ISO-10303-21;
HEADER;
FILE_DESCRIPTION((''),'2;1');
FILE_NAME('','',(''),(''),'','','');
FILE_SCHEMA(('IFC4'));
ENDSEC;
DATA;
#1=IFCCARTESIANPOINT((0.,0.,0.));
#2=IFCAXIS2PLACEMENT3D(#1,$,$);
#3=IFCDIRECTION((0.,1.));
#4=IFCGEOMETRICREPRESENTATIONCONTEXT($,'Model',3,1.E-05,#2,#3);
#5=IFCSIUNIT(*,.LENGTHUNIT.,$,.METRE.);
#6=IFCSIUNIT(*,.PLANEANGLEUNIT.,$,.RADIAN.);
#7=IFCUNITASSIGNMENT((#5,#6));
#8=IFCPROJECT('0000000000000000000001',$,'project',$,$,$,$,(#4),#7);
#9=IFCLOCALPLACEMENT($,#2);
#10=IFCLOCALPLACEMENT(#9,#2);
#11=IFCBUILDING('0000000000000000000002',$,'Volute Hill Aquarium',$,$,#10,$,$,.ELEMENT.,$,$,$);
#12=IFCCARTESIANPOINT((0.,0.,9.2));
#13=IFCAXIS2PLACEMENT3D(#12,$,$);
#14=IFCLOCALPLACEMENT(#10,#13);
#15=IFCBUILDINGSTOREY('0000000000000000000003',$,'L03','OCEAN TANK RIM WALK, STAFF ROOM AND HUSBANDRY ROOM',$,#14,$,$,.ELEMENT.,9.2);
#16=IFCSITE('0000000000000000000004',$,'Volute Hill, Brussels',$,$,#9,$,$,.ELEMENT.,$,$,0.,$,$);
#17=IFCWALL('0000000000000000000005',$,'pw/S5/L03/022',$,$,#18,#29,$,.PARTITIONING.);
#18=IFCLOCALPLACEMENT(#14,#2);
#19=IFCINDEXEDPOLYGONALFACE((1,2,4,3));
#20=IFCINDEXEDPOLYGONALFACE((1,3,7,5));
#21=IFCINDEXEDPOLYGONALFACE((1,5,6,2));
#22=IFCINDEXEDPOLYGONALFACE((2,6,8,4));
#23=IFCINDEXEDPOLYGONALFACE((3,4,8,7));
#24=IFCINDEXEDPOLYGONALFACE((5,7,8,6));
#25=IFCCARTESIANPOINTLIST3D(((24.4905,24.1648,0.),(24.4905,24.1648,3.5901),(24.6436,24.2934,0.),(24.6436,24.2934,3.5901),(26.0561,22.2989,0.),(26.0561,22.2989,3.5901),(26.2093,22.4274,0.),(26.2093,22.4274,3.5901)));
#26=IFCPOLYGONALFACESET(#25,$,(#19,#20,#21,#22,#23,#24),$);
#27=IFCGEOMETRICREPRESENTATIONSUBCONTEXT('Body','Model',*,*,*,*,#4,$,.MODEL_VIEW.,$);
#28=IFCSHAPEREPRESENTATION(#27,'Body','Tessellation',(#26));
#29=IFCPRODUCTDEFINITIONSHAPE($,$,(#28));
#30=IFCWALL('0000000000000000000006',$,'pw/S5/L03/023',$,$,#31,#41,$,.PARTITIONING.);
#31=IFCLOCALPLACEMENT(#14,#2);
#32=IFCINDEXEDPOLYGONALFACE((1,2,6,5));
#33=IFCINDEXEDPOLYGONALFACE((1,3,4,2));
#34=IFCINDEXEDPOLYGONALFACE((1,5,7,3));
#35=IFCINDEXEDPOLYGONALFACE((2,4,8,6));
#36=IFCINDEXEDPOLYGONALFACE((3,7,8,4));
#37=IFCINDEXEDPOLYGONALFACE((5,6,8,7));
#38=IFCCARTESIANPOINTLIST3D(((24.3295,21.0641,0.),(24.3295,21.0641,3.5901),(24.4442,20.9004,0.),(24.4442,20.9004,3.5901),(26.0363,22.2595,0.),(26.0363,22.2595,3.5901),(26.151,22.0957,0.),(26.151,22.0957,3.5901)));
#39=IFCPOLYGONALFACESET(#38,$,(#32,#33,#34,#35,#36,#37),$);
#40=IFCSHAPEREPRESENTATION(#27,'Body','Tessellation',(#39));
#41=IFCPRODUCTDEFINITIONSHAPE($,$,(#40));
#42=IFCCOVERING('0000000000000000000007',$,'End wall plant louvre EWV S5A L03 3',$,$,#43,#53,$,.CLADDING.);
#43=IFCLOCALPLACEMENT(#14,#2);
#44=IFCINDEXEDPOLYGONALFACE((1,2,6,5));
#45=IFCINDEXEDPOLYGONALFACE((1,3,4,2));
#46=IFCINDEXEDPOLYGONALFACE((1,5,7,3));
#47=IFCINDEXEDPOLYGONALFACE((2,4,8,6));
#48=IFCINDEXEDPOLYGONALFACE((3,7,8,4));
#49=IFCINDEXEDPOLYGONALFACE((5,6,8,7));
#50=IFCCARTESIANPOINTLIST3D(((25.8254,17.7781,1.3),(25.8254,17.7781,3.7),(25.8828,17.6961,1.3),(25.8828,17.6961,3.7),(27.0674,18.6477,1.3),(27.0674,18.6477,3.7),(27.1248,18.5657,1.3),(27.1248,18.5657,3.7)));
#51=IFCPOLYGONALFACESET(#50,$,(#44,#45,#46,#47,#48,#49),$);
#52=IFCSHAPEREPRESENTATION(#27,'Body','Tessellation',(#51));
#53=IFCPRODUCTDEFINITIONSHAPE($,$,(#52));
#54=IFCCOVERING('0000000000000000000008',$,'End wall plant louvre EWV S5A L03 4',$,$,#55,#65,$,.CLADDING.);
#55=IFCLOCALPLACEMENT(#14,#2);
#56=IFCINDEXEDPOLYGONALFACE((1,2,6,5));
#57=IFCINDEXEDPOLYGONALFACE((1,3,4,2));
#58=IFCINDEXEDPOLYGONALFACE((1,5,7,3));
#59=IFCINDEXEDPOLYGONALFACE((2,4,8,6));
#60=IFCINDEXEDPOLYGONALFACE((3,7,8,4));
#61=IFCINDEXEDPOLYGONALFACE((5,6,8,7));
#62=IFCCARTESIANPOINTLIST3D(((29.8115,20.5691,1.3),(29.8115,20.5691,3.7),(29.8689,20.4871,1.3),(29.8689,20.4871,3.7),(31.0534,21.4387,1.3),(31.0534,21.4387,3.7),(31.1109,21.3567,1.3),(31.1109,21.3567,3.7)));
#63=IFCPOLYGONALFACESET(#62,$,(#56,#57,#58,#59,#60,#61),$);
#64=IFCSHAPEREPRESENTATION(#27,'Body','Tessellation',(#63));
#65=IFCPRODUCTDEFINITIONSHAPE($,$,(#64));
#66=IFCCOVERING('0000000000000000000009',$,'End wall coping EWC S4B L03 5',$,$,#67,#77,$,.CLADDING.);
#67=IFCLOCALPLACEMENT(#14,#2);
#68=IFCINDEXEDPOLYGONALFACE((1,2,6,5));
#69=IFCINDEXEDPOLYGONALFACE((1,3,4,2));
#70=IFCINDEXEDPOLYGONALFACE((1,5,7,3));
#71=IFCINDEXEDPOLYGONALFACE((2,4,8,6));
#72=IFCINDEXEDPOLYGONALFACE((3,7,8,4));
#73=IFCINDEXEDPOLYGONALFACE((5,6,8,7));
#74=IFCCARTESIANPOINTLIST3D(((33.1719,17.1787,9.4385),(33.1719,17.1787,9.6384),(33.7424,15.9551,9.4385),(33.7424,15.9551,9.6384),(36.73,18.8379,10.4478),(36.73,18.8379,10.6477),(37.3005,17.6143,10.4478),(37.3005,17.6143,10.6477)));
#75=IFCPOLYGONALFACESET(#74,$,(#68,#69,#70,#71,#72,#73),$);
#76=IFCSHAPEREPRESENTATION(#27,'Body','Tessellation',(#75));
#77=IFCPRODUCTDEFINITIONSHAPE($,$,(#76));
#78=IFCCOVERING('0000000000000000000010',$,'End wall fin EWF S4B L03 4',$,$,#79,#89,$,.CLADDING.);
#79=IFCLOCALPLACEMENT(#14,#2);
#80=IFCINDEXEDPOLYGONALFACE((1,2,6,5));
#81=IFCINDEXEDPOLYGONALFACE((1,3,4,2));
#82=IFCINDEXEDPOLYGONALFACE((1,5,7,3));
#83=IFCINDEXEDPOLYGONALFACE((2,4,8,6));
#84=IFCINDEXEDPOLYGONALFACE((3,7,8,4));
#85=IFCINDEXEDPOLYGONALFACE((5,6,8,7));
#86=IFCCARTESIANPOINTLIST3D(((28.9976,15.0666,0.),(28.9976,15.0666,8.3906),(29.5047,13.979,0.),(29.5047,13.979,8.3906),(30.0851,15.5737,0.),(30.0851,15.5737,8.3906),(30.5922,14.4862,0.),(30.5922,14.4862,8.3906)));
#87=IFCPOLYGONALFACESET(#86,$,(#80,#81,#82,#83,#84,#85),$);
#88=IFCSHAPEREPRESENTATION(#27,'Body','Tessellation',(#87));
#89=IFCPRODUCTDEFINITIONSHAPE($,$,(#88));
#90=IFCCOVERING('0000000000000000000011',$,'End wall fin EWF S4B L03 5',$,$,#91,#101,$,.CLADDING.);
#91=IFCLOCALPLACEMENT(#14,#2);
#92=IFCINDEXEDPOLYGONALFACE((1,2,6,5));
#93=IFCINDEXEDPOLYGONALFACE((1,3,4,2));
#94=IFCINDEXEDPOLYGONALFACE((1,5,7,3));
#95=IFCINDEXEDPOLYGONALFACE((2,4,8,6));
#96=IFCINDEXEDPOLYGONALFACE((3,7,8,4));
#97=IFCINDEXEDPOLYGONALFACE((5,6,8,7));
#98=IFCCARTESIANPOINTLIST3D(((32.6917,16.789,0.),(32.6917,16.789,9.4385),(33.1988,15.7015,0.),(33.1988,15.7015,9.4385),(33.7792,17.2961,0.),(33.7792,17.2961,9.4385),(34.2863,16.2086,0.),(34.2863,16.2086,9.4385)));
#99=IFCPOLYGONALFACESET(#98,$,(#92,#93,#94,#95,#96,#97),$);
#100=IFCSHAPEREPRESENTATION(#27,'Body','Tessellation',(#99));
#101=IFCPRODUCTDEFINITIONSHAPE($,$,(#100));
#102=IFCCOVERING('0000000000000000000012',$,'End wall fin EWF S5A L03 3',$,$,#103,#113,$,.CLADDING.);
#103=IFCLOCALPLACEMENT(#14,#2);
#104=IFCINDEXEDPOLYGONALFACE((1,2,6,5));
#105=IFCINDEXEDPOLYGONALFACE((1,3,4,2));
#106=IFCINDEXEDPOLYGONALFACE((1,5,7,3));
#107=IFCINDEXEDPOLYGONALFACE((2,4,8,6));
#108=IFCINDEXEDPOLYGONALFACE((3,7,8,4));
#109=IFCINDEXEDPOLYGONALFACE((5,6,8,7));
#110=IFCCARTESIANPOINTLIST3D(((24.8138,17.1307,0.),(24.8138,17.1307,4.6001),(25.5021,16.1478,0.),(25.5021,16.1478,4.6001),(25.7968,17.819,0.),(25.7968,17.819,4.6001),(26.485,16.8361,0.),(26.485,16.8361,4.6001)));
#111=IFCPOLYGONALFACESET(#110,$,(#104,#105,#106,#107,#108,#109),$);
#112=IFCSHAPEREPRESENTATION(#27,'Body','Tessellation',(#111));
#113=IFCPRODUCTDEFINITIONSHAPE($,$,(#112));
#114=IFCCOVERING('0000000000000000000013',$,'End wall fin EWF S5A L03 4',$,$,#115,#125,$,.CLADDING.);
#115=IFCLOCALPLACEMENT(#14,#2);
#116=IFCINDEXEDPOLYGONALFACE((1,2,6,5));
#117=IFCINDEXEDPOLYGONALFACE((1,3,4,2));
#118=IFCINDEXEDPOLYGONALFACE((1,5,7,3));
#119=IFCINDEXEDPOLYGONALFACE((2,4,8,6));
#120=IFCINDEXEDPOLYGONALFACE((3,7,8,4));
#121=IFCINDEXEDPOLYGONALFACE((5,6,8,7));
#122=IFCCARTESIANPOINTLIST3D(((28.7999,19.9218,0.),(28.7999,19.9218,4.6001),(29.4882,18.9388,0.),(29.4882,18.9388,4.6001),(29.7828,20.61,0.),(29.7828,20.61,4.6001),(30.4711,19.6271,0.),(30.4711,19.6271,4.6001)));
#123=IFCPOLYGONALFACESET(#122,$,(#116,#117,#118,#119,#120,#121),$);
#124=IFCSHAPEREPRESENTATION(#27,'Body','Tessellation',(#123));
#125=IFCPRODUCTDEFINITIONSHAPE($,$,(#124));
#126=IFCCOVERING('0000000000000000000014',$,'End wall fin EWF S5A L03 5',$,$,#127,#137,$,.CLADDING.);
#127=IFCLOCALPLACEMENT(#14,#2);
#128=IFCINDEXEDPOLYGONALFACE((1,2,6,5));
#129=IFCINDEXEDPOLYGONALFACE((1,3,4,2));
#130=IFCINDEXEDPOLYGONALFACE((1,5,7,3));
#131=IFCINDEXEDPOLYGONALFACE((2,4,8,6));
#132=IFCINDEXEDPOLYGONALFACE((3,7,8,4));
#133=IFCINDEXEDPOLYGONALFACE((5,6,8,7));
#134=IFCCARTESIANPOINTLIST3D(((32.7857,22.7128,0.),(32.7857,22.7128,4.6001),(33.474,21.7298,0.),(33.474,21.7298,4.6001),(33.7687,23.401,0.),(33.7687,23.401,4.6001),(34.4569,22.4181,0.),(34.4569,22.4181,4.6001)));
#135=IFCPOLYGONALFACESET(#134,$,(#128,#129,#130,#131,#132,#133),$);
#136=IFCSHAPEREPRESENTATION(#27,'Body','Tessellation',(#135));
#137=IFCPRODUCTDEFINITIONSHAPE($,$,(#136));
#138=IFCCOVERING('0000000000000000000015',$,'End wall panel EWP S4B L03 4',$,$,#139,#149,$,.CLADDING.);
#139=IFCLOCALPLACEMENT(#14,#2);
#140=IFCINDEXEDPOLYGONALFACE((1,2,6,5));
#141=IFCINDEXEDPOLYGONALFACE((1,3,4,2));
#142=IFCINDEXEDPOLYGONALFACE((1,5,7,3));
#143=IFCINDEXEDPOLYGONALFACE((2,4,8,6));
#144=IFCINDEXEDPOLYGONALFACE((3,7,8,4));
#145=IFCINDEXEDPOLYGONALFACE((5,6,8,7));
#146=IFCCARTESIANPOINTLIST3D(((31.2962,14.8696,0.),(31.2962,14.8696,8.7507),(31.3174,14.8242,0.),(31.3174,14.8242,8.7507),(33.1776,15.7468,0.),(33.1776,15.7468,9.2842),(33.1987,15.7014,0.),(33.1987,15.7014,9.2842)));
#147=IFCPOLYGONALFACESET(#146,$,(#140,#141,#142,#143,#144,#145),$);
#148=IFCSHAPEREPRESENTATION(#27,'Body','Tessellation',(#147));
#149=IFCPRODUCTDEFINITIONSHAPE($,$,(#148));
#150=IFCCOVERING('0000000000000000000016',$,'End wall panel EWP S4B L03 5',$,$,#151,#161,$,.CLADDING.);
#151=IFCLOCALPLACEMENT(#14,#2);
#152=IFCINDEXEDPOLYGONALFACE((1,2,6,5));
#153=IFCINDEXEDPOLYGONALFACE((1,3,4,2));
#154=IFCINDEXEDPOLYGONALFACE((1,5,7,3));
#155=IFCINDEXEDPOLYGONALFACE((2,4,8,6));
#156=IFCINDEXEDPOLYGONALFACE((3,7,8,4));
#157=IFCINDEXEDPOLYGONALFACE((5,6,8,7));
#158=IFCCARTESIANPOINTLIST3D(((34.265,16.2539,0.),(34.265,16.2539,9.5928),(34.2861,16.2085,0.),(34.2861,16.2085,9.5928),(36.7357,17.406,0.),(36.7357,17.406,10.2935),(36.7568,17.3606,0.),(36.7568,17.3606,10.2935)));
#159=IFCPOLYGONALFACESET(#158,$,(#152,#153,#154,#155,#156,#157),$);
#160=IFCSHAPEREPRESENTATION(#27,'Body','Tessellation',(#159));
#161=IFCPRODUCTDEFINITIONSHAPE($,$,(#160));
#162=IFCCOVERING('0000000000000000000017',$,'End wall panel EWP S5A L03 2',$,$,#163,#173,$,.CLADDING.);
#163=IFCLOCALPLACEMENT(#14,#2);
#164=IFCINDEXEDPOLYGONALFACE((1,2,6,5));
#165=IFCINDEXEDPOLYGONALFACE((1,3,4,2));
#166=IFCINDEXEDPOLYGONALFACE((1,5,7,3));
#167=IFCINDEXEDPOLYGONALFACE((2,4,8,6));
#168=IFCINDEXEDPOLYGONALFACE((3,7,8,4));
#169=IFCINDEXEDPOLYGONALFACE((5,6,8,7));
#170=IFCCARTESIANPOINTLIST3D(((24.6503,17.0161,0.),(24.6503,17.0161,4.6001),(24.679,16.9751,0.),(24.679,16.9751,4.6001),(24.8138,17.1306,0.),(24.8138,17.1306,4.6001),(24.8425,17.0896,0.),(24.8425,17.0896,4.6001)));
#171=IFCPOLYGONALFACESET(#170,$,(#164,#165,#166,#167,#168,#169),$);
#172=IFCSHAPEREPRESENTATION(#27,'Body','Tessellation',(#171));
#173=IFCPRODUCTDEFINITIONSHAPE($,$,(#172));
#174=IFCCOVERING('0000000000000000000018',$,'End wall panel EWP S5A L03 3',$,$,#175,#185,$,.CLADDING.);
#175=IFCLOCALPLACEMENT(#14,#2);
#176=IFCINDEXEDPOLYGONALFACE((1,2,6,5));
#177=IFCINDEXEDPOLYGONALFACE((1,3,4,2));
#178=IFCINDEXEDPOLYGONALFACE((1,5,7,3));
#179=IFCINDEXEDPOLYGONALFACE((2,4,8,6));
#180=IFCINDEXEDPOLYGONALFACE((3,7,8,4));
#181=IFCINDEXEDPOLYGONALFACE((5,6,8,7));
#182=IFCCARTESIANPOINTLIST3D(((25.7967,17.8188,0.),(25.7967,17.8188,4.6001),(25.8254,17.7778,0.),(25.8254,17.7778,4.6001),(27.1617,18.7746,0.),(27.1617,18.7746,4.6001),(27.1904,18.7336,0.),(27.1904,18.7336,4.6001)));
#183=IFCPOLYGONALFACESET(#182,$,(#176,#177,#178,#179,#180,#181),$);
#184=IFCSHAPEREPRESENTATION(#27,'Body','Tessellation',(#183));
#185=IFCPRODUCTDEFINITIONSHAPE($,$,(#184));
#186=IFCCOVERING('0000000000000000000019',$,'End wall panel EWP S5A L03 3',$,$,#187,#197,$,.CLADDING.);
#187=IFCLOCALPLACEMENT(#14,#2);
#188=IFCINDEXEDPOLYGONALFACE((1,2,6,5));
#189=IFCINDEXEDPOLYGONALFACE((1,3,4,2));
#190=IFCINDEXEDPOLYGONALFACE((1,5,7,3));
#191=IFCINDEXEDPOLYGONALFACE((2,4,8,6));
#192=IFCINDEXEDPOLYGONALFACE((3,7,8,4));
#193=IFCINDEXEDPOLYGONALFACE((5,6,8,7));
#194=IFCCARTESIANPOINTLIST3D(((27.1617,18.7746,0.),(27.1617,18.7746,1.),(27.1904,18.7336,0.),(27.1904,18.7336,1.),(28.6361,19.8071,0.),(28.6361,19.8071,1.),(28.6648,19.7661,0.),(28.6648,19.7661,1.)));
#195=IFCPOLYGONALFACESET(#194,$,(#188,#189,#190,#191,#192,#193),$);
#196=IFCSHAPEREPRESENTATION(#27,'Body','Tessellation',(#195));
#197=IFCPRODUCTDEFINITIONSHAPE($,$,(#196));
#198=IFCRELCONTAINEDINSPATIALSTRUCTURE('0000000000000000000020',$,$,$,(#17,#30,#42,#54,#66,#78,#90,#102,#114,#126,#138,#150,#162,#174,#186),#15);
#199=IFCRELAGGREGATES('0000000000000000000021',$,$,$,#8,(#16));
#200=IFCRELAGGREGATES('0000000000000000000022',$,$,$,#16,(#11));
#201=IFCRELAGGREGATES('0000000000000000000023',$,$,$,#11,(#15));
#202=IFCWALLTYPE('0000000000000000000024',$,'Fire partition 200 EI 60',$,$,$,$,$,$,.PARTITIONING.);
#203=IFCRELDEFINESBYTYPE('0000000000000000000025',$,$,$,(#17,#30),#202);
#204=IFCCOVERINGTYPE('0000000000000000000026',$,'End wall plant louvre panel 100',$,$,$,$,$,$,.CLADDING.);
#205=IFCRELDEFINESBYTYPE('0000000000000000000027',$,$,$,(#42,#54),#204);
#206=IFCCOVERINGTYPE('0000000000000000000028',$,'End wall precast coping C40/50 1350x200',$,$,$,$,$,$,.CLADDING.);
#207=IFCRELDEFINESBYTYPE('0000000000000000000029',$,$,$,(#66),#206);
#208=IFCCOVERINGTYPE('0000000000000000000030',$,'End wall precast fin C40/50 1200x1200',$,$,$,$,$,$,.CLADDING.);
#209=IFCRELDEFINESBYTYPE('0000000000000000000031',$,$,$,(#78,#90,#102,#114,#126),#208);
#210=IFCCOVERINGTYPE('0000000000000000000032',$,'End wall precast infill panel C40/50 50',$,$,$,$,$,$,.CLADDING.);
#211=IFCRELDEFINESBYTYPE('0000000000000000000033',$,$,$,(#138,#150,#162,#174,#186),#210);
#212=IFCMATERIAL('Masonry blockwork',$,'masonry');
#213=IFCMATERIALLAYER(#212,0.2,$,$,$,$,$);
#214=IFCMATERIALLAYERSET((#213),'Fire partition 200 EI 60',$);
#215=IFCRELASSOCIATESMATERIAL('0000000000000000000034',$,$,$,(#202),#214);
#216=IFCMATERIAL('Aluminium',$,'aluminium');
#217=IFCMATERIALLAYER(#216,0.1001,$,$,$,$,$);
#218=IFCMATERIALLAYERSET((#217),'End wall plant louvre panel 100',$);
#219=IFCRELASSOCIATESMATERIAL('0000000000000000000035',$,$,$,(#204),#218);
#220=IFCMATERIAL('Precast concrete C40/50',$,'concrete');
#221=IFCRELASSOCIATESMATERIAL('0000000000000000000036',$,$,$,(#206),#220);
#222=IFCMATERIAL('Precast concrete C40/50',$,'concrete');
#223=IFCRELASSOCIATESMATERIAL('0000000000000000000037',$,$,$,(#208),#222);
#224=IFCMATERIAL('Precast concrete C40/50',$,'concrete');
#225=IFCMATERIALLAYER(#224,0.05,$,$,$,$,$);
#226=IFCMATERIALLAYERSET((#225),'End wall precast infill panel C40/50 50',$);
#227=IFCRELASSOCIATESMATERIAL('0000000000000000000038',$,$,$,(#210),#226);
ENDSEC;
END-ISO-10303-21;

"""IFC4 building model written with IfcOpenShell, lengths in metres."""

from ifc_helpers import new_model, si_unit, direction, frame, frame_2d, origin, origin_2d, place, context, subcontext, project, spatial, polyline, rectangle, outline, extrude, material, layer, layer_set, type_object, element, save


model = new_model("IFC4")

# Units and contexts
model_context = context("Model", 3, precision=1e-05, world=origin(), true_north=direction((0.0, 1.0)))
body_context = subcontext(model_context, "Body", "Model", "MODEL_VIEW")
ifc_project = project(units=[si_unit("LENGTHUNIT", "METRE"), si_unit("PLANEANGLEUNIT", "RADIAN")], contexts=[model_context])

# Site, building, storey
site_placement = place(None, origin())
site = spatial("IfcSite", under=ifc_project, at=site_placement, Name="Volute Hill, Brussels", CompositionType="ELEMENT", RefElevation=0.0)
building_placement = place(site_placement, origin())
building = spatial("IfcBuilding", under=site, at=building_placement, Name="Volute Hill Aquarium", CompositionType="ELEMENT")
storey_placement = place(building_placement, frame((0.0, 0.0, 9.2)))
storey = spatial("IfcBuildingStorey", under=building, at=storey_placement, Name="L03", Description="OCEAN TANK RIM WALK, STAFF ROOM AND HUSBANDRY ROOM", CompositionType="ELEMENT", Elevation=9.2)

# Shared definitions
ifc_material_1 = material(Name="Masonry blockwork", Category="masonry")
ifc_layer_1 = layer(ifc_material_1, 0.2)
ifc_layer_set_1 = layer_set([ifc_layer_1], Name="Fire partition 200 EI 60")
wall_type_1 = type_object("IfcWallType", Name="Fire partition 200 EI 60", PredefinedType="PARTITIONING", material=ifc_layer_set_1)

# Walls
wall_1_placement = place(storey_placement, frame((24.5671, 24.229, 0.0), z_axis=(0.0, 0.0, 1.0), x_axis=(0.642774, -0.766056, 0.0)))
element("IfcWall", 1, at=wall_1_placement, inside=storey, type_object=wall_type_1, Name="pw/S5/L03/022", PredefinedType="PARTITIONING", context=body_context, shape_type="SweptSolid", body=[
    extrude(rectangle(XDim=2.4358, YDim=0.2, at=frame_2d((1.2178, 0.0))), origin(), (0.0, 0.0, 1.0), 3.5901),
])
wall_2_placement = place(storey_placement, frame((24.3867, 20.9822, 0.0), z_axis=(0.0, 0.0, 1.0), x_axis=(0.819105, 0.573643, 0.0)))
element("IfcWall", 2, at=wall_2_placement, inside=storey, type_object=wall_type_1, Name="pw/S5/L03/023", PredefinedType="PARTITIONING", context=body_context, shape_type="SweptSolid", body=[
    extrude(rectangle(XDim=2.0837, YDim=0.2, at=frame_2d((1.042, 0.0))), origin(), (0.0, 0.0, 1.0), 3.5901),
])

# Coverings
ifc_material_2 = material(Name="Aluminium", Category="aluminium")
ifc_layer_2 = layer(ifc_material_2, 0.1001)
ifc_layer_set_2 = layer_set([ifc_layer_2], Name="End wall plant louvre panel 100")
covering_type_1 = type_object("IfcCoveringType", Name="End wall plant louvre panel 100", PredefinedType="CLADDING", material=ifc_layer_set_2)
for number, where, z_axis, x_axis, name in (
    (3, (26.4751, 18.1719, 1.3), (0.0, 0.0, 1.0), (0.81915, 0.573579, 0.0), "End wall plant louvre EWV S5A L03 3"),
    (4, (30.4612, 20.9629, 1.3), (0.0, 0.0, 1.0), (0.81915, 0.573579, 0.0), "End wall plant louvre EWV S5A L03 4"),
):
    element("IfcCovering", number, at=place(storey_placement, frame(where, z_axis=z_axis, x_axis=x_axis)), inside=storey, type_object=covering_type_1, Name=name, PredefinedType="CLADDING", context=body_context, shape_type="SweptSolid", body=[
        extrude(rectangle(XDim=1.5161, YDim=0.1001, at=origin_2d()), origin(), (0.0, 0.0, 1.0), 2.3999),
    ])
ifc_material_3 = material(Name="Precast concrete C40/50", Category="concrete")
covering_type_2 = type_object("IfcCoveringType", Name="End wall precast coping C40/50 1350x200", PredefinedType="CLADDING", material=ifc_material_3)
covering_1_placement = place(storey_placement, frame((33.7424, 15.9551, 9.4385), z_axis=(0.42262, -0.906307, 0.0), x_axis=(0.877765, 0.409311, 0.248983)))
element("IfcCovering", 5, at=covering_1_placement, inside=storey, type_object=covering_type_2, Name="End wall coping EWC S4B L03 5", PredefinedType="CLADDING", context=body_context, shape_type="SweptSolid", body=[
    extrude(outline(polyline([(0.0, 0.0), (4.0536, 0.0), (4.1034, 0.1937), (0.0498, 0.1937), (0.0, 0.0)])), origin(), (0.0, 0.0, -1.0), 1.3501),
])
ifc_material_4 = material(Name="Precast concrete C40/50", Category="concrete")
covering_type_3 = type_object("IfcCoveringType", Name="End wall precast fin C40/50 1200x1200", PredefinedType="CLADDING", material=ifc_material_4)
covering_2_placement = place(storey_placement, frame((29.7949, 14.7764, 0.0), z_axis=(0.0, 0.0, 1.0), x_axis=(0.906307, 0.42262, 0.0)))
element("IfcCovering", 6, at=covering_2_placement, inside=storey, type_object=covering_type_3, Name="End wall fin EWF S4B L03 4", PredefinedType="CLADDING", context=body_context, shape_type="SweptSolid", body=[
    extrude(rectangle(XDim=1.2, YDim=1.2, at=origin_2d()), origin(), (0.0, 0.0, 1.0), 8.3906),
])
covering_3_placement = place(storey_placement, frame((33.489, 16.4988, 0.0), z_axis=(0.0, 0.0, 1.0), x_axis=(0.906307, 0.42262, 0.0)))
element("IfcCovering", 7, at=covering_3_placement, inside=storey, type_object=covering_type_3, Name="End wall fin EWF S4B L03 5", PredefinedType="CLADDING", context=body_context, shape_type="SweptSolid", body=[
    extrude(rectangle(XDim=1.2, YDim=1.2, at=origin_2d()), origin(), (0.0, 0.0, 1.0), 9.4385),
])
for number, where, z_axis, x_axis, name in (
    (8, (25.6494, 16.9834, 0.0), (0.0, 0.0, 1.0), (0.81915, 0.573579, 0.0), "End wall fin EWF S5A L03 3"),
    (9, (29.6355, 19.7744, 0.0), (0.0, 0.0, 1.0), (0.81915, 0.573579, 0.0), "End wall fin EWF S5A L03 4"),
    (10, (33.6213, 22.5654, 0.0), (0.0, 0.0, 1.0), (0.81915, 0.573579, 0.0), "End wall fin EWF S5A L03 5"),
):
    element("IfcCovering", number, at=place(storey_placement, frame(where, z_axis=z_axis, x_axis=x_axis)), inside=storey, type_object=covering_type_3, Name=name, PredefinedType="CLADDING", context=body_context, shape_type="SweptSolid", body=[
        extrude(rectangle(XDim=1.2, YDim=1.2, at=origin_2d()), origin(), (0.0, 0.0, 1.0), 4.6001),
    ])
ifc_material_5 = material(Name="Precast concrete C40/50", Category="concrete")
ifc_layer_3 = layer(ifc_material_5, 0.05)
ifc_layer_set_3 = layer_set([ifc_layer_3], Name="End wall precast infill panel C40/50 50")
covering_type_4 = type_object("IfcCoveringType", Name="End wall precast infill panel C40/50 50", PredefinedType="CLADDING", material=ifc_layer_set_3)
covering_4_placement = place(storey_placement, frame((31.3174, 14.8242, 0.0), z_axis=(0.422583, -0.906324, 0.0), x_axis=(0.906324, 0.422583, 0.0)))
element("IfcCovering", 11, at=covering_4_placement, inside=storey, type_object=covering_type_4, Name="End wall panel EWP S4B L03 4", PredefinedType="CLADDING", context=body_context, shape_type="SweptSolid", body=[
    extrude(outline(polyline([(0.0, 0.0), (2.0758, 0.0), (2.0758, 9.2842), (0.0, 8.7507), (0.0, 0.0)])), origin(), (0.0, 0.0, -1.0), 0.05),
])
covering_5_placement = place(storey_placement, frame((34.2861, 16.2085, 0.0), z_axis=(0.422616, -0.906309, 0.0), x_axis=(0.906309, 0.422616, 0.0)))
element("IfcCovering", 12, at=covering_5_placement, inside=storey, type_object=covering_type_4, Name="End wall panel EWP S4B L03 5", PredefinedType="CLADDING", context=body_context, shape_type="SweptSolid", body=[
    extrude(outline(polyline([(0.0, 0.0), (2.7261, 0.0), (2.7261, 10.2935), (0.0, 9.5928), (0.0, 0.0)])), origin(), (0.0, 0.0, -1.0), 0.05),
])
covering_6_placement = place(storey_placement, frame((24.679, 16.9751, 0.0), z_axis=(0.573462, -0.819232, 0.0), x_axis=(0.819232, 0.573462, 0.0)))
element("IfcCovering", 13, at=covering_6_placement, inside=storey, type_object=covering_type_4, Name="End wall panel EWP S5A L03 2", PredefinedType="CLADDING", context=body_context, shape_type="SweptSolid", body=[
    extrude(outline(polyline([(0.0, 0.0), (0.1997, 0.0), (0.1997, 4.6001), (0.0, 4.6001), (0.0, 0.0)])), origin(), (0.0, 0.0, -1.0), 0.05),
])
covering_7_placement = place(storey_placement, frame((25.8254, 17.7778, 0.0), z_axis=(0.57359, -0.819142, 0.0), x_axis=(0.819142, 0.57359, 0.0)))
element("IfcCovering", 14, at=covering_7_placement, inside=storey, type_object=covering_type_4, Name="End wall panel EWP S5A L03 3", PredefinedType="CLADDING", context=body_context, shape_type="SweptSolid", body=[
    extrude(outline(polyline([(0.0, 0.0), (1.6664, 0.0), (1.6664, 4.6001), (0.0, 4.6001), (0.0, 0.0)])), origin(), (0.0, 0.0, -1.0), 0.05),
])
covering_8_placement = place(storey_placement, frame((27.1904, 18.7336, 0.0), z_axis=(0.573617, -0.819124, 0.0), x_axis=(0.819124, 0.573617, 0.0)))
element("IfcCovering", 15, at=covering_8_placement, inside=storey, type_object=covering_type_4, Name="End wall panel EWP S5A L03 3", PredefinedType="CLADDING", context=body_context, shape_type="SweptSolid", body=[
    extrude(outline(polyline([(0.0, 0.0), (1.7999, 0.0), (1.7999, 1.0), (0.0, 1.0), (0.0, 0.0)])), origin(), (0.0, 0.0, -1.0), 0.05),
])

save(model, "model.ifc")
